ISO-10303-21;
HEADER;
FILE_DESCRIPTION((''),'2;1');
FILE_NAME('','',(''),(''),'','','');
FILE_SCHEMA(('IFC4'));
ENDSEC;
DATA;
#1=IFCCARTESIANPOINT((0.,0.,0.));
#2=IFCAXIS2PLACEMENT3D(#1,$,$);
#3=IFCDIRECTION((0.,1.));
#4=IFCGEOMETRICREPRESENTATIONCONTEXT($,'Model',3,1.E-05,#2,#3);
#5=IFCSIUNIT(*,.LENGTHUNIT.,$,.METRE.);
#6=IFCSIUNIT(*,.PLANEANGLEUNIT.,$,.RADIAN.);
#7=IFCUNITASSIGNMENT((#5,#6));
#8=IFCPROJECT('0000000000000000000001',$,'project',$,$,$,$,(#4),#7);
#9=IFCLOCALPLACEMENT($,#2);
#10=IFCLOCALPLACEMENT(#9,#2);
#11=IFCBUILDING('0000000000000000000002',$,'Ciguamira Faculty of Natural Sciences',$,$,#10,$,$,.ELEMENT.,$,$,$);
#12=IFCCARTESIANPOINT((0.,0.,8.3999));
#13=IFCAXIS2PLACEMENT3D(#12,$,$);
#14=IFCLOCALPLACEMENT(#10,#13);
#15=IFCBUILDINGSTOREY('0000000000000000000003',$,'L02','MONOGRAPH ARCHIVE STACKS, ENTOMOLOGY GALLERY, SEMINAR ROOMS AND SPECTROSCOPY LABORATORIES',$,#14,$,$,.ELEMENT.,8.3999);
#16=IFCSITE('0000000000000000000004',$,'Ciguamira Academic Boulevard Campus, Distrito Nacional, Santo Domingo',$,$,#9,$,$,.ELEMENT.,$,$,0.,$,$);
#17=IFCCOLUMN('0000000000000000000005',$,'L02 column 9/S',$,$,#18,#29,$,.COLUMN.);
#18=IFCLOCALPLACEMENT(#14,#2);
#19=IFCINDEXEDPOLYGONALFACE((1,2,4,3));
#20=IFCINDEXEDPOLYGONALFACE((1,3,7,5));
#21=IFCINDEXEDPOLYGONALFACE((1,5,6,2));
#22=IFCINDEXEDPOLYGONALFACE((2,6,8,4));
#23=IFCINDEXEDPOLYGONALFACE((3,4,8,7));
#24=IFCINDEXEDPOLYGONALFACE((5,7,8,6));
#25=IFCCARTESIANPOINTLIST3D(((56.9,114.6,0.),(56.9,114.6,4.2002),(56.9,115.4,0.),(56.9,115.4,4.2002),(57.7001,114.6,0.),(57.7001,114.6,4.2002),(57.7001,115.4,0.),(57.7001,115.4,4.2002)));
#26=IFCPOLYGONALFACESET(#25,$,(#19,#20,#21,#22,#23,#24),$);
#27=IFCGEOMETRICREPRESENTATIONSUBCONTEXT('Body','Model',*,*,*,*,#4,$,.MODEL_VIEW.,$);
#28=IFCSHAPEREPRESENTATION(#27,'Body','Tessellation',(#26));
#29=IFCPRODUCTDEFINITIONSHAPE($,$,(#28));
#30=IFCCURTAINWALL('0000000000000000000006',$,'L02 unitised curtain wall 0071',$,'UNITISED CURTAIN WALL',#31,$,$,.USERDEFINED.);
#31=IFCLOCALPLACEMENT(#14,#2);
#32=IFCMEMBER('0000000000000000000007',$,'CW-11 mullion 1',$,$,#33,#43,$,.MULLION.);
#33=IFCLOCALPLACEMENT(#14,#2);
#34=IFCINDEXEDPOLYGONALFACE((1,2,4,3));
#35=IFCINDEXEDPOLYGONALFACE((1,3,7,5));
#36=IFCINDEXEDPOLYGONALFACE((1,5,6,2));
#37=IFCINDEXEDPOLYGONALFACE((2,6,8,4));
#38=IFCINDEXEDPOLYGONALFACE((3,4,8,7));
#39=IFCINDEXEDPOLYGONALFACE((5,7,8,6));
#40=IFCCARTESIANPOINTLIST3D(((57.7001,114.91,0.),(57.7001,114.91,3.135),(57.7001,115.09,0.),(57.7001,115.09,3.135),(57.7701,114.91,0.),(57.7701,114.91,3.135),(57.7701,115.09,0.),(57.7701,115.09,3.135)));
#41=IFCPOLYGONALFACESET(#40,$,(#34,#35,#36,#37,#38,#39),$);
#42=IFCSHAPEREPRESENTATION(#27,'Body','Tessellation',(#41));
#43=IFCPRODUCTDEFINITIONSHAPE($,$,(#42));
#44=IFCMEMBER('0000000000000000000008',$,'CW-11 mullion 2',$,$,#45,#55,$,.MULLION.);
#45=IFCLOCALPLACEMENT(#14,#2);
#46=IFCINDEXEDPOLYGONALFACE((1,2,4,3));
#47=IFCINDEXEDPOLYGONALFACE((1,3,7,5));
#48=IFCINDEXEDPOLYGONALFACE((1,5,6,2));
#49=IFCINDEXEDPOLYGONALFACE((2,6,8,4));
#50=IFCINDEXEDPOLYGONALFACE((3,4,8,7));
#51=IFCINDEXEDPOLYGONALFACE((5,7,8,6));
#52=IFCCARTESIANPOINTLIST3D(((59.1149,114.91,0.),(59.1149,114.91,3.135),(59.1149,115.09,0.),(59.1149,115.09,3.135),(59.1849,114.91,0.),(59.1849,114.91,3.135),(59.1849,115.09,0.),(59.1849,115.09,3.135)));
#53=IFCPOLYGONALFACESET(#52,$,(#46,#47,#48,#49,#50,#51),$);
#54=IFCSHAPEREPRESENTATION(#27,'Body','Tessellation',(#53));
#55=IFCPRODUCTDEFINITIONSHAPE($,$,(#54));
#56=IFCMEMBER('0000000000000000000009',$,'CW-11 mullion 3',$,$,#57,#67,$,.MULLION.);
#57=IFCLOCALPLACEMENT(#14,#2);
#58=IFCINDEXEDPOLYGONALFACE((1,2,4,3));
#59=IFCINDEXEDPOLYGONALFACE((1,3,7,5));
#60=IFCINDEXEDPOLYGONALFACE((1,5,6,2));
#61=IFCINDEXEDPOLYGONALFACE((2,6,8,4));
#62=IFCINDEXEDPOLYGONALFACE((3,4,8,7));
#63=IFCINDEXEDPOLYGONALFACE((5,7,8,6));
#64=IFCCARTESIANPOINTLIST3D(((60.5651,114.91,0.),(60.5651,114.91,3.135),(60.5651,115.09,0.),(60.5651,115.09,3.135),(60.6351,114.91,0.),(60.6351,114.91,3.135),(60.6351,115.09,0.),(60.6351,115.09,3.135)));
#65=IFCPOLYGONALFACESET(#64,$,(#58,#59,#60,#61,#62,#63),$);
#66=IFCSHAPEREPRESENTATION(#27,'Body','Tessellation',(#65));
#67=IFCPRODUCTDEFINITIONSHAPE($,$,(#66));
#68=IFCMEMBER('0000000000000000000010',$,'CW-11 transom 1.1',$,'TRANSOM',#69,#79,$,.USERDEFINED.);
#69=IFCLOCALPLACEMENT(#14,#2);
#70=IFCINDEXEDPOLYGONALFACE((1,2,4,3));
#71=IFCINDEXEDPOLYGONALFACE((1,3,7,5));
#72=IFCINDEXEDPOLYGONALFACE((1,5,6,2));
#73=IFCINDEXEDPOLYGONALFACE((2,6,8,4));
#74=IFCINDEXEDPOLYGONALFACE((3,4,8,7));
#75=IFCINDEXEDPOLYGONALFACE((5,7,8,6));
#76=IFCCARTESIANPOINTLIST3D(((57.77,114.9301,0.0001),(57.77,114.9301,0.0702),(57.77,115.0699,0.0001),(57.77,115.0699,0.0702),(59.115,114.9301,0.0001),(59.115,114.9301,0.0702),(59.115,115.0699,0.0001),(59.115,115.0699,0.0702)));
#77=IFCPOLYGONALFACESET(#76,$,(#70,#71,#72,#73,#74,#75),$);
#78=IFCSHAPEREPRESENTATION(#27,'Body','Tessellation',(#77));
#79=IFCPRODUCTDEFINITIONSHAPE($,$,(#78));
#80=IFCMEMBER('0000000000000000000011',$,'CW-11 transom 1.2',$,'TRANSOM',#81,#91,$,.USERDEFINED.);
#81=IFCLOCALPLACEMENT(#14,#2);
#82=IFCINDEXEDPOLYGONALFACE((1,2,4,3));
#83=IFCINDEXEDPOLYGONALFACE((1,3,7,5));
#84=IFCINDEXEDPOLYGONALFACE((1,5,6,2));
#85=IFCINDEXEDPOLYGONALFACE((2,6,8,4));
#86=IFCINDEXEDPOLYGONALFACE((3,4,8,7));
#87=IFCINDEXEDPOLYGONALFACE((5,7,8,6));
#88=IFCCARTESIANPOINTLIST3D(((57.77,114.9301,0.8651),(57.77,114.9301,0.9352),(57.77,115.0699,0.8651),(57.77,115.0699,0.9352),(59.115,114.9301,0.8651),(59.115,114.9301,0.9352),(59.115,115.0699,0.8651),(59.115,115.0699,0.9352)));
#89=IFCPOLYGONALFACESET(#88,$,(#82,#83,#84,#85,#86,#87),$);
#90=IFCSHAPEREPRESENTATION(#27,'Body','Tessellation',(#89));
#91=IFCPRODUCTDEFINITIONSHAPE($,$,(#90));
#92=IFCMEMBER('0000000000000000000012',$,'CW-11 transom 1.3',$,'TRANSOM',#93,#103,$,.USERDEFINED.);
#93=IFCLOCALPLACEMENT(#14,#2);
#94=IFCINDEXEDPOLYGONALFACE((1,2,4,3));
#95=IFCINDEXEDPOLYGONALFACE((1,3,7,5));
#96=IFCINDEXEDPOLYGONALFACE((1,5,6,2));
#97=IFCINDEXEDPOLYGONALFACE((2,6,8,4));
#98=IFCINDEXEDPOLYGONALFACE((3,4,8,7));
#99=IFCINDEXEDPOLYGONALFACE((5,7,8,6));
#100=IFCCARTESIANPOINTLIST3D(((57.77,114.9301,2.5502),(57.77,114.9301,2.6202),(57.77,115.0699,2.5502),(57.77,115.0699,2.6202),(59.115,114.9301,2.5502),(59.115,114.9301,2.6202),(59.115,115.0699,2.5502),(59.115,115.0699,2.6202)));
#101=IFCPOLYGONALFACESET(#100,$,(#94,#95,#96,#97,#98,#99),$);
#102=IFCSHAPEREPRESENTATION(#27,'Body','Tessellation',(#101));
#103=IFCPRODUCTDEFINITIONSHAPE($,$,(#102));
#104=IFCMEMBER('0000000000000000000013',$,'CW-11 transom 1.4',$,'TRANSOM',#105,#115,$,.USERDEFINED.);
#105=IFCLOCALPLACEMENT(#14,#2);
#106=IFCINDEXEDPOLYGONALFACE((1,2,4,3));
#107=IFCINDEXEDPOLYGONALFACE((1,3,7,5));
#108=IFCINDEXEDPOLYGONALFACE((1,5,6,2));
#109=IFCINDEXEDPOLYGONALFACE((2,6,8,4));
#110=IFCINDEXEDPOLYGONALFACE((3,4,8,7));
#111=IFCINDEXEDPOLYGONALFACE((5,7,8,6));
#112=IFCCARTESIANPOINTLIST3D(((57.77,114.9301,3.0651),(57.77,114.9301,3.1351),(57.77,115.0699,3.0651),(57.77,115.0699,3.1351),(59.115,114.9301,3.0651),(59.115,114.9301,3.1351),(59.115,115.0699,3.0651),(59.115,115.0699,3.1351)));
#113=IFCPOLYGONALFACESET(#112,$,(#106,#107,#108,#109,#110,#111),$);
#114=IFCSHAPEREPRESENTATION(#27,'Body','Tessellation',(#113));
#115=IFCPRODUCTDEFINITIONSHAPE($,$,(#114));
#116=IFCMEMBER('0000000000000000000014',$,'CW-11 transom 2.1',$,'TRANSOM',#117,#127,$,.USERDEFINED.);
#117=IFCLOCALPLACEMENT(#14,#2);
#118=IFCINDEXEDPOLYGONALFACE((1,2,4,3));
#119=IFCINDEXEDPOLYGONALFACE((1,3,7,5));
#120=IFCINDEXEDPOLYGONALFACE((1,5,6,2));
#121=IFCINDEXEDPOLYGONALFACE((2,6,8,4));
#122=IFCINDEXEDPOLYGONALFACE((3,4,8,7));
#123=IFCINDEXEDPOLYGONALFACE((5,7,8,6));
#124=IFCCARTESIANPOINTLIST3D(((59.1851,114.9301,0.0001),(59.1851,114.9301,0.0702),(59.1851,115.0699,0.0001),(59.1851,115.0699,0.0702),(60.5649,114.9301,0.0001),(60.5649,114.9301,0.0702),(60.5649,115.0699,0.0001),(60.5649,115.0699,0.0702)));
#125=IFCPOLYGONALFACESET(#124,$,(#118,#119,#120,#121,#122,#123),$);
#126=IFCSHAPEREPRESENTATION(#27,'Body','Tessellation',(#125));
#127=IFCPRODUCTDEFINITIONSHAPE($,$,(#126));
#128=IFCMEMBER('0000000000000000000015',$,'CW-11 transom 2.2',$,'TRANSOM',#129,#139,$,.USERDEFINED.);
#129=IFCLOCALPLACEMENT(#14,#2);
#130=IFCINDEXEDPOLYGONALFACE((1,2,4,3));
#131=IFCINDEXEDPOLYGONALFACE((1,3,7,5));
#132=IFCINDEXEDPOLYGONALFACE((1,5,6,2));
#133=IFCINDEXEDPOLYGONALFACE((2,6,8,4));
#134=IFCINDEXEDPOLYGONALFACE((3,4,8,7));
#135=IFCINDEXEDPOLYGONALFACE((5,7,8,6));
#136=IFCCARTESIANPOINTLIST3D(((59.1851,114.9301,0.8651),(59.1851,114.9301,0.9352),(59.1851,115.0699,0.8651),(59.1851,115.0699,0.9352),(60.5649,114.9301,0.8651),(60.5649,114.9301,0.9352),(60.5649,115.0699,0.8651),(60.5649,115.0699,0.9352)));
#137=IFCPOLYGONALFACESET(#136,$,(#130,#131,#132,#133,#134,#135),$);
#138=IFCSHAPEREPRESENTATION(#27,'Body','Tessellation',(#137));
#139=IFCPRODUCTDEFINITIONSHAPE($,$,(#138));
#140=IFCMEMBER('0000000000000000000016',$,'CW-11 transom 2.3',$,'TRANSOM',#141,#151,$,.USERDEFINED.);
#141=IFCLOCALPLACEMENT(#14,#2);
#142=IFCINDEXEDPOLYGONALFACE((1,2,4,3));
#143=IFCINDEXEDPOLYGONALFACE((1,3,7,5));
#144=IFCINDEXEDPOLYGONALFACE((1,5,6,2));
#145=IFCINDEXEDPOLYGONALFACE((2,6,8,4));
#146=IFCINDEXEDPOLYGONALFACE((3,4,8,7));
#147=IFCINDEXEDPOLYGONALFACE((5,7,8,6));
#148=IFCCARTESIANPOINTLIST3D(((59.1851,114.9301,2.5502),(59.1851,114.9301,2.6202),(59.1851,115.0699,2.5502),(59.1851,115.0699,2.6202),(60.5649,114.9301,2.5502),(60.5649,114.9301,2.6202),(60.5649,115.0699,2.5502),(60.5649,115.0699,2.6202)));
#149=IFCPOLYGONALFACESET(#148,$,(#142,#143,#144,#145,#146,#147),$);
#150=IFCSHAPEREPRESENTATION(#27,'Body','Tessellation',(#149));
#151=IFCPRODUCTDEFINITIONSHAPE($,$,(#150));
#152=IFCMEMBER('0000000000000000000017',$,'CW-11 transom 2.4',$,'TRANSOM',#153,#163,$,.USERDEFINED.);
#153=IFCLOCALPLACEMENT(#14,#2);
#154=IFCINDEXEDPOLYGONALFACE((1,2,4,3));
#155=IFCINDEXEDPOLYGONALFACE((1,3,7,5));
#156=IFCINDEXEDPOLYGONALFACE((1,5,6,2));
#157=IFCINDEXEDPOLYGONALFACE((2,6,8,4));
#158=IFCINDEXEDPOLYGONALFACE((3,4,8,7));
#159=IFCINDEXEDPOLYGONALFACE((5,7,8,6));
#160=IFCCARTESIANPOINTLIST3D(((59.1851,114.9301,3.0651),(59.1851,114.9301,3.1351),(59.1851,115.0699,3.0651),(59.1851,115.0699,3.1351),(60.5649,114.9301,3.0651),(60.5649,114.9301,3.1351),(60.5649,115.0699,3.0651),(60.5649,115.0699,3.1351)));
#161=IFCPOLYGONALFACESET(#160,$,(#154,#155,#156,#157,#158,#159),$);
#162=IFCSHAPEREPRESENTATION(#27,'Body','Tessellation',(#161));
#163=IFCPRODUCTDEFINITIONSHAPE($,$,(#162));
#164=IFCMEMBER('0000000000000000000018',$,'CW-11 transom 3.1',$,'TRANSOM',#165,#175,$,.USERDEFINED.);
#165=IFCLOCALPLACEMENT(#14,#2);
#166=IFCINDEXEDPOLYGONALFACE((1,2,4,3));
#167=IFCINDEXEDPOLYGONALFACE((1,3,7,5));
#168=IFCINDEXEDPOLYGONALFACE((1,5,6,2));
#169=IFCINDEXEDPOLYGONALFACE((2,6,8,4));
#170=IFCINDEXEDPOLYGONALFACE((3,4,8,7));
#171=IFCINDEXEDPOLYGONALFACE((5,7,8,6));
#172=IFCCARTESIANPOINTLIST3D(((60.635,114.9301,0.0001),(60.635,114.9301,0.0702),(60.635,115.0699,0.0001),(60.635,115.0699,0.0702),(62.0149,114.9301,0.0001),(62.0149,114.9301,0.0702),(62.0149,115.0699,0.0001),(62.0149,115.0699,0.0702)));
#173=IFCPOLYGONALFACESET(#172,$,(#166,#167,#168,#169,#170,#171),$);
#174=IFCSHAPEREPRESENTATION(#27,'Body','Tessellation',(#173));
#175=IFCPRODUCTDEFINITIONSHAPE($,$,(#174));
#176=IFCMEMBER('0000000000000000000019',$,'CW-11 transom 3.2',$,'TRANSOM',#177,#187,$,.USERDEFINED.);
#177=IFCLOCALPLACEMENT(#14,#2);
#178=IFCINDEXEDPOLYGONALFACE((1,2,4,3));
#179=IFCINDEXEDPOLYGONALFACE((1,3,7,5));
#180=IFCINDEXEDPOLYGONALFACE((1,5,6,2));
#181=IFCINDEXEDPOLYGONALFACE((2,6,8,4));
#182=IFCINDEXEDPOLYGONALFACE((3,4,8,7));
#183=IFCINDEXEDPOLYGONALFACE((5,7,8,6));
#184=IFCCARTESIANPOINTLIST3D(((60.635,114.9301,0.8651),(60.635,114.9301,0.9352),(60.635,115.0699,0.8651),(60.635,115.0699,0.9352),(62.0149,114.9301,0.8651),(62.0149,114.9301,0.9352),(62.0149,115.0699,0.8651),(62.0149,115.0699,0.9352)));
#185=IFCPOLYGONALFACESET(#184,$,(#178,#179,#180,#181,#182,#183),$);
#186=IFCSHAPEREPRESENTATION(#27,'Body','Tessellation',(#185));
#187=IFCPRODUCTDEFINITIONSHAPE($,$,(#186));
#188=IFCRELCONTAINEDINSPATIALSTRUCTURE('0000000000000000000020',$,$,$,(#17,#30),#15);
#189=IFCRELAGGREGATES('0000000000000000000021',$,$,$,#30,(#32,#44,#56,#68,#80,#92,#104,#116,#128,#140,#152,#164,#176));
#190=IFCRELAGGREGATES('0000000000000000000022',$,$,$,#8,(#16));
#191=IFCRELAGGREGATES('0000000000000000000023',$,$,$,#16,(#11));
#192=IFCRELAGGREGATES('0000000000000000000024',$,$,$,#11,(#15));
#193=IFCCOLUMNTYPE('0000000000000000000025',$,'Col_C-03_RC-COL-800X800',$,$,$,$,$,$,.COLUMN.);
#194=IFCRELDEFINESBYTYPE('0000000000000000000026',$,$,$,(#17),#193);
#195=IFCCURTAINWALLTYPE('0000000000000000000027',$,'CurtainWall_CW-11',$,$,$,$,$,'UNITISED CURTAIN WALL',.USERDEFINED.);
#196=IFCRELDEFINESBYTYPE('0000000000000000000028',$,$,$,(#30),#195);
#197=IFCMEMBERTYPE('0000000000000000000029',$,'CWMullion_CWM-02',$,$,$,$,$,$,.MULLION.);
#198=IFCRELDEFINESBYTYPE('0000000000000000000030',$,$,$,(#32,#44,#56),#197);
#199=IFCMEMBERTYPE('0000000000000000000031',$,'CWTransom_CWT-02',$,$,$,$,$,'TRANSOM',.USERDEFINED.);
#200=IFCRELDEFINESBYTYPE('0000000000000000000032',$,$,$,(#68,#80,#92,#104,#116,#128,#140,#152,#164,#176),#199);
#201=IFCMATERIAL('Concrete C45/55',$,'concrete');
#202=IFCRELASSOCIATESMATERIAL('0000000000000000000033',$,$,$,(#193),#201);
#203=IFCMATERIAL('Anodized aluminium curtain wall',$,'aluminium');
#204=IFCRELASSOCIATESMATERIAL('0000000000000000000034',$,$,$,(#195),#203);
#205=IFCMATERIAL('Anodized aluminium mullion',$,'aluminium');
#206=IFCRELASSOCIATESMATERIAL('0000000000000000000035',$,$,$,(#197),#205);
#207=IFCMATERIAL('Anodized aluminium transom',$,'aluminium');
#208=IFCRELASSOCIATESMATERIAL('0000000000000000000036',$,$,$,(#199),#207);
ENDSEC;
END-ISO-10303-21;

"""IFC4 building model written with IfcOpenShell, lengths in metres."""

from ifc_helpers import new_model, si_unit, direction, frame, origin, origin_2d, place, context, subcontext, project, spatial, rectangle, extrude, material, material_profile, profile_set, type_object, element, aggregate, save


model = new_model("IFC4")

# Units and contexts
model_context = context("Model", 3, precision=1e-05, world=origin(), true_north=direction((0.0, 1.0)))
body_context = subcontext(model_context, "Body", "Model", "MODEL_VIEW")
ifc_project = project(units=[si_unit("LENGTHUNIT", "METRE"), si_unit("PLANEANGLEUNIT", "RADIAN")], contexts=[model_context])

# Site, building, storey
site_placement = place(None, origin())
site = spatial("IfcSite", under=ifc_project, at=site_placement, Name="Ciguamira Academic Boulevard Campus, Distrito Nacional, Santo Domingo", CompositionType="ELEMENT", RefElevation=0.0)
building_placement = place(site_placement, origin())
building = spatial("IfcBuilding", under=site, at=building_placement, Name="Ciguamira Faculty of Natural Sciences", CompositionType="ELEMENT")
storey_placement = place(building_placement, frame((0.0, 0.0, 8.3999)))
storey = spatial("IfcBuildingStorey", under=building, at=storey_placement, Name="L02", Description="MONOGRAPH ARCHIVE STACKS, ENTOMOLOGY GALLERY, SEMINAR ROOMS AND SPECTROSCOPY LABORATORIES", CompositionType="ELEMENT", Elevation=8.3999)

# Column
ifc_material_1 = material(Name="Concrete C45/55", Category="concrete")
ifc_material_profile_1 = material_profile(ifc_material_1, rectangle(XDim=0.8, YDim=0.8, at=origin_2d()), Name="RC-COL-800X800")
ifc_profile_set_1 = profile_set([ifc_material_profile_1], Name="Concrete C45/55")
column_type = type_object("IfcColumnType", Name="Col_C-03_RC-COL-800X800", PredefinedType="COLUMN", material=ifc_profile_set_1)
column_placement = place(storey_placement, frame((57.3, 115.0, 0.0), z_axis=(0.0, 0.0, 1.0), x_axis=(1.0, 0.0, 0.0)))
element("IfcColumn", 1, at=column_placement, inside=storey, type_object=column_type, Name="L02 column 9/S", PredefinedType="COLUMN", context=body_context, shape_type="SweptSolid", body=[
    extrude(rectangle(XDim=0.8, YDim=0.8, at=origin_2d()), origin(), (0.0, 0.0, 1.0), 4.2002),
])

# Curtain wall, members
ifc_material_2 = material(Name="Anodized aluminium curtain wall", Category="aluminium")
curtain_wall_type = type_object("IfcCurtainWallType", Name="CurtainWall_CW-11", ElementType="UNITISED CURTAIN WALL", PredefinedType="USERDEFINED", material=ifc_material_2)
curtain_wall_placement = place(storey_placement, origin())
curtain_wall = element("IfcCurtainWall", 2, at=curtain_wall_placement, inside=storey, type_object=curtain_wall_type, Name="L02 unitised curtain wall 0071", ObjectType="UNITISED CURTAIN WALL", PredefinedType="USERDEFINED")
ifc_material_3 = material(Name="Anodized aluminium mullion", Category="aluminium")
ifc_material_profile_2 = material_profile(ifc_material_3, rectangle(XDim=0.0701, YDim=0.1799, at=origin_2d()), Name="ALU-MUL-70X180")
ifc_profile_set_2 = profile_set([ifc_material_profile_2], Name="Anodized aluminium mullion")
member_type_1 = type_object("IfcMemberType", Name="CWMullion_CWM-02", PredefinedType="MULLION", material=ifc_profile_set_2)
member_1_placement = place(storey_placement, frame((57.7351, 115.0, 0.0), z_axis=(0.0, 0.0, 1.0), x_axis=(1.0, 0.0, 0.0)))
member_1 = element("IfcMember", 3, at=member_1_placement, type_object=member_type_1, Name="CW-11 mullion 1", PredefinedType="MULLION", context=body_context, shape_type="SweptSolid", body=[
    extrude(rectangle(XDim=0.0701, YDim=0.1799, at=origin_2d()), origin(), (0.0, 0.0, 1.0), 3.135),
])
member_2_placement = place(storey_placement, frame((59.1499, 115.0, 0.0), z_axis=(0.0, 0.0, 1.0), x_axis=(1.0, 0.0, 0.0)))
member_2 = element("IfcMember", 4, at=member_2_placement, type_object=member_type_1, Name="CW-11 mullion 2", PredefinedType="MULLION", context=body_context, shape_type="SweptSolid", body=[
    extrude(rectangle(XDim=0.0701, YDim=0.1799, at=origin_2d()), origin(), (0.0, 0.0, 1.0), 3.135),
])
member_3_placement = place(storey_placement, frame((60.6001, 115.0, 0.0), z_axis=(0.0, 0.0, 1.0), x_axis=(1.0, 0.0, 0.0)))
member_3 = element("IfcMember", 5, at=member_3_placement, type_object=member_type_1, Name="CW-11 mullion 3", PredefinedType="MULLION", context=body_context, shape_type="SweptSolid", body=[
    extrude(rectangle(XDim=0.0701, YDim=0.1799, at=origin_2d()), origin(), (0.0, 0.0, 1.0), 3.135),
])
ifc_material_4 = material(Name="Anodized aluminium transom", Category="aluminium")
ifc_material_profile_3 = material_profile(ifc_material_4, rectangle(XDim=0.0701, YDim=0.1399, at=origin_2d()), Name="ALU-TRN-70X140")
ifc_profile_set_3 = profile_set([ifc_material_profile_3], Name="Anodized aluminium transom")
member_type_2 = type_object("IfcMemberType", Name="CWTransom_CWT-02", ElementType="TRANSOM", PredefinedType="USERDEFINED", material=ifc_profile_set_3)
member_4_placement = place(storey_placement, frame((57.77, 115.0, 0.0352), z_axis=(1.0, 0.0, 0.0), x_axis=(0.0, 0.0, 1.0)))
member_4 = element("IfcMember", 6, at=member_4_placement, type_object=member_type_2, Name="CW-11 transom 1.1", ObjectType="TRANSOM", PredefinedType="USERDEFINED", context=body_context, shape_type="SweptSolid", body=[
    extrude(rectangle(XDim=0.0701, YDim=0.1399, at=origin_2d()), origin(), (0.0, 0.0, 1.0), 1.345),
])
member_5_placement = place(storey_placement, frame((57.77, 115.0, 0.9001), z_axis=(1.0, 0.0, 0.0), x_axis=(0.0, 0.0, 1.0)))
member_5 = element("IfcMember", 7, at=member_5_placement, type_object=member_type_2, Name="CW-11 transom 1.2", ObjectType="TRANSOM", PredefinedType="USERDEFINED", context=body_context, shape_type="SweptSolid", body=[
    extrude(rectangle(XDim=0.0701, YDim=0.1399, at=origin_2d()), origin(), (0.0, 0.0, 1.0), 1.345),
])
member_6_placement = place(storey_placement, frame((57.77, 115.0, 2.5852), z_axis=(1.0, 0.0, 0.0), x_axis=(0.0, 0.0, 1.0)))
member_6 = element("IfcMember", 8, at=member_6_placement, type_object=member_type_2, Name="CW-11 transom 1.3", ObjectType="TRANSOM", PredefinedType="USERDEFINED", context=body_context, shape_type="SweptSolid", body=[
    extrude(rectangle(XDim=0.0701, YDim=0.1399, at=origin_2d()), origin(), (0.0, 0.0, 1.0), 1.345),
])
member_7_placement = place(storey_placement, frame((57.77, 115.0, 3.1001), z_axis=(1.0, 0.0, 0.0), x_axis=(0.0, 0.0, 1.0)))
member_7 = element("IfcMember", 9, at=member_7_placement, type_object=member_type_2, Name="CW-11 transom 1.4", ObjectType="TRANSOM", PredefinedType="USERDEFINED", context=body_context, shape_type="SweptSolid", body=[
    extrude(rectangle(XDim=0.0701, YDim=0.1399, at=origin_2d()), origin(), (0.0, 0.0, 1.0), 1.345),
])
member_8_placement = place(storey_placement, frame((59.1851, 115.0, 0.0352), z_axis=(1.0, 0.0, 0.0), x_axis=(0.0, 0.0, 1.0)))
member_8 = element("IfcMember", 10, at=member_8_placement, type_object=member_type_2, Name="CW-11 transom 2.1", ObjectType="TRANSOM", PredefinedType="USERDEFINED", context=body_context, shape_type="SweptSolid", body=[
    extrude(rectangle(XDim=0.0701, YDim=0.1399, at=origin_2d()), origin(), (0.0, 0.0, 1.0), 1.3799),
])
member_9_placement = place(storey_placement, frame((59.1851, 115.0, 0.9001), z_axis=(1.0, 0.0, 0.0), x_axis=(0.0, 0.0, 1.0)))
member_9 = element("IfcMember", 11, at=member_9_placement, type_object=member_type_2, Name="CW-11 transom 2.2", ObjectType="TRANSOM", PredefinedType="USERDEFINED", context=body_context, shape_type="SweptSolid", body=[
    extrude(rectangle(XDim=0.0701, YDim=0.1399, at=origin_2d()), origin(), (0.0, 0.0, 1.0), 1.3799),
])
member_10_placement = place(storey_placement, frame((59.1851, 115.0, 2.5852), z_axis=(1.0, 0.0, 0.0), x_axis=(0.0, 0.0, 1.0)))
member_10 = element("IfcMember", 12, at=member_10_placement, type_object=member_type_2, Name="CW-11 transom 2.3", ObjectType="TRANSOM", PredefinedType="USERDEFINED", context=body_context, shape_type="SweptSolid", body=[
    extrude(rectangle(XDim=0.0701, YDim=0.1399, at=origin_2d()), origin(), (0.0, 0.0, 1.0), 1.3799),
])
member_11_placement = place(storey_placement, frame((59.1851, 115.0, 3.1001), z_axis=(1.0, 0.0, 0.0), x_axis=(0.0, 0.0, 1.0)))
member_11 = element("IfcMember", 13, at=member_11_placement, type_object=member_type_2, Name="CW-11 transom 2.4", ObjectType="TRANSOM", PredefinedType="USERDEFINED", context=body_context, shape_type="SweptSolid", body=[
    extrude(rectangle(XDim=0.0701, YDim=0.1399, at=origin_2d()), origin(), (0.0, 0.0, 1.0), 1.3799),
])
member_12_placement = place(storey_placement, frame((60.635, 115.0, 0.0352), z_axis=(1.0, 0.0, 0.0), x_axis=(0.0, 0.0, 1.0)))
member_12 = element("IfcMember", 14, at=member_12_placement, type_object=member_type_2, Name="CW-11 transom 3.1", ObjectType="TRANSOM", PredefinedType="USERDEFINED", context=body_context, shape_type="SweptSolid", body=[
    extrude(rectangle(XDim=0.0701, YDim=0.1399, at=origin_2d()), origin(), (0.0, 0.0, 1.0), 1.3799),
])
member_13_placement = place(storey_placement, frame((60.635, 115.0, 0.9001), z_axis=(1.0, 0.0, 0.0), x_axis=(0.0, 0.0, 1.0)))
member_13 = element("IfcMember", 15, at=member_13_placement, type_object=member_type_2, Name="CW-11 transom 3.2", ObjectType="TRANSOM", PredefinedType="USERDEFINED", context=body_context, shape_type="SweptSolid", body=[
    extrude(rectangle(XDim=0.0701, YDim=0.1399, at=origin_2d()), origin(), (0.0, 0.0, 1.0), 1.3799),
])

aggregate(curtain_wall, [member_1, member_2, member_3, member_4, member_5, member_6, member_7, member_8, member_9, member_10, member_11, member_12, member_13])

save(model, "model.ifc")
